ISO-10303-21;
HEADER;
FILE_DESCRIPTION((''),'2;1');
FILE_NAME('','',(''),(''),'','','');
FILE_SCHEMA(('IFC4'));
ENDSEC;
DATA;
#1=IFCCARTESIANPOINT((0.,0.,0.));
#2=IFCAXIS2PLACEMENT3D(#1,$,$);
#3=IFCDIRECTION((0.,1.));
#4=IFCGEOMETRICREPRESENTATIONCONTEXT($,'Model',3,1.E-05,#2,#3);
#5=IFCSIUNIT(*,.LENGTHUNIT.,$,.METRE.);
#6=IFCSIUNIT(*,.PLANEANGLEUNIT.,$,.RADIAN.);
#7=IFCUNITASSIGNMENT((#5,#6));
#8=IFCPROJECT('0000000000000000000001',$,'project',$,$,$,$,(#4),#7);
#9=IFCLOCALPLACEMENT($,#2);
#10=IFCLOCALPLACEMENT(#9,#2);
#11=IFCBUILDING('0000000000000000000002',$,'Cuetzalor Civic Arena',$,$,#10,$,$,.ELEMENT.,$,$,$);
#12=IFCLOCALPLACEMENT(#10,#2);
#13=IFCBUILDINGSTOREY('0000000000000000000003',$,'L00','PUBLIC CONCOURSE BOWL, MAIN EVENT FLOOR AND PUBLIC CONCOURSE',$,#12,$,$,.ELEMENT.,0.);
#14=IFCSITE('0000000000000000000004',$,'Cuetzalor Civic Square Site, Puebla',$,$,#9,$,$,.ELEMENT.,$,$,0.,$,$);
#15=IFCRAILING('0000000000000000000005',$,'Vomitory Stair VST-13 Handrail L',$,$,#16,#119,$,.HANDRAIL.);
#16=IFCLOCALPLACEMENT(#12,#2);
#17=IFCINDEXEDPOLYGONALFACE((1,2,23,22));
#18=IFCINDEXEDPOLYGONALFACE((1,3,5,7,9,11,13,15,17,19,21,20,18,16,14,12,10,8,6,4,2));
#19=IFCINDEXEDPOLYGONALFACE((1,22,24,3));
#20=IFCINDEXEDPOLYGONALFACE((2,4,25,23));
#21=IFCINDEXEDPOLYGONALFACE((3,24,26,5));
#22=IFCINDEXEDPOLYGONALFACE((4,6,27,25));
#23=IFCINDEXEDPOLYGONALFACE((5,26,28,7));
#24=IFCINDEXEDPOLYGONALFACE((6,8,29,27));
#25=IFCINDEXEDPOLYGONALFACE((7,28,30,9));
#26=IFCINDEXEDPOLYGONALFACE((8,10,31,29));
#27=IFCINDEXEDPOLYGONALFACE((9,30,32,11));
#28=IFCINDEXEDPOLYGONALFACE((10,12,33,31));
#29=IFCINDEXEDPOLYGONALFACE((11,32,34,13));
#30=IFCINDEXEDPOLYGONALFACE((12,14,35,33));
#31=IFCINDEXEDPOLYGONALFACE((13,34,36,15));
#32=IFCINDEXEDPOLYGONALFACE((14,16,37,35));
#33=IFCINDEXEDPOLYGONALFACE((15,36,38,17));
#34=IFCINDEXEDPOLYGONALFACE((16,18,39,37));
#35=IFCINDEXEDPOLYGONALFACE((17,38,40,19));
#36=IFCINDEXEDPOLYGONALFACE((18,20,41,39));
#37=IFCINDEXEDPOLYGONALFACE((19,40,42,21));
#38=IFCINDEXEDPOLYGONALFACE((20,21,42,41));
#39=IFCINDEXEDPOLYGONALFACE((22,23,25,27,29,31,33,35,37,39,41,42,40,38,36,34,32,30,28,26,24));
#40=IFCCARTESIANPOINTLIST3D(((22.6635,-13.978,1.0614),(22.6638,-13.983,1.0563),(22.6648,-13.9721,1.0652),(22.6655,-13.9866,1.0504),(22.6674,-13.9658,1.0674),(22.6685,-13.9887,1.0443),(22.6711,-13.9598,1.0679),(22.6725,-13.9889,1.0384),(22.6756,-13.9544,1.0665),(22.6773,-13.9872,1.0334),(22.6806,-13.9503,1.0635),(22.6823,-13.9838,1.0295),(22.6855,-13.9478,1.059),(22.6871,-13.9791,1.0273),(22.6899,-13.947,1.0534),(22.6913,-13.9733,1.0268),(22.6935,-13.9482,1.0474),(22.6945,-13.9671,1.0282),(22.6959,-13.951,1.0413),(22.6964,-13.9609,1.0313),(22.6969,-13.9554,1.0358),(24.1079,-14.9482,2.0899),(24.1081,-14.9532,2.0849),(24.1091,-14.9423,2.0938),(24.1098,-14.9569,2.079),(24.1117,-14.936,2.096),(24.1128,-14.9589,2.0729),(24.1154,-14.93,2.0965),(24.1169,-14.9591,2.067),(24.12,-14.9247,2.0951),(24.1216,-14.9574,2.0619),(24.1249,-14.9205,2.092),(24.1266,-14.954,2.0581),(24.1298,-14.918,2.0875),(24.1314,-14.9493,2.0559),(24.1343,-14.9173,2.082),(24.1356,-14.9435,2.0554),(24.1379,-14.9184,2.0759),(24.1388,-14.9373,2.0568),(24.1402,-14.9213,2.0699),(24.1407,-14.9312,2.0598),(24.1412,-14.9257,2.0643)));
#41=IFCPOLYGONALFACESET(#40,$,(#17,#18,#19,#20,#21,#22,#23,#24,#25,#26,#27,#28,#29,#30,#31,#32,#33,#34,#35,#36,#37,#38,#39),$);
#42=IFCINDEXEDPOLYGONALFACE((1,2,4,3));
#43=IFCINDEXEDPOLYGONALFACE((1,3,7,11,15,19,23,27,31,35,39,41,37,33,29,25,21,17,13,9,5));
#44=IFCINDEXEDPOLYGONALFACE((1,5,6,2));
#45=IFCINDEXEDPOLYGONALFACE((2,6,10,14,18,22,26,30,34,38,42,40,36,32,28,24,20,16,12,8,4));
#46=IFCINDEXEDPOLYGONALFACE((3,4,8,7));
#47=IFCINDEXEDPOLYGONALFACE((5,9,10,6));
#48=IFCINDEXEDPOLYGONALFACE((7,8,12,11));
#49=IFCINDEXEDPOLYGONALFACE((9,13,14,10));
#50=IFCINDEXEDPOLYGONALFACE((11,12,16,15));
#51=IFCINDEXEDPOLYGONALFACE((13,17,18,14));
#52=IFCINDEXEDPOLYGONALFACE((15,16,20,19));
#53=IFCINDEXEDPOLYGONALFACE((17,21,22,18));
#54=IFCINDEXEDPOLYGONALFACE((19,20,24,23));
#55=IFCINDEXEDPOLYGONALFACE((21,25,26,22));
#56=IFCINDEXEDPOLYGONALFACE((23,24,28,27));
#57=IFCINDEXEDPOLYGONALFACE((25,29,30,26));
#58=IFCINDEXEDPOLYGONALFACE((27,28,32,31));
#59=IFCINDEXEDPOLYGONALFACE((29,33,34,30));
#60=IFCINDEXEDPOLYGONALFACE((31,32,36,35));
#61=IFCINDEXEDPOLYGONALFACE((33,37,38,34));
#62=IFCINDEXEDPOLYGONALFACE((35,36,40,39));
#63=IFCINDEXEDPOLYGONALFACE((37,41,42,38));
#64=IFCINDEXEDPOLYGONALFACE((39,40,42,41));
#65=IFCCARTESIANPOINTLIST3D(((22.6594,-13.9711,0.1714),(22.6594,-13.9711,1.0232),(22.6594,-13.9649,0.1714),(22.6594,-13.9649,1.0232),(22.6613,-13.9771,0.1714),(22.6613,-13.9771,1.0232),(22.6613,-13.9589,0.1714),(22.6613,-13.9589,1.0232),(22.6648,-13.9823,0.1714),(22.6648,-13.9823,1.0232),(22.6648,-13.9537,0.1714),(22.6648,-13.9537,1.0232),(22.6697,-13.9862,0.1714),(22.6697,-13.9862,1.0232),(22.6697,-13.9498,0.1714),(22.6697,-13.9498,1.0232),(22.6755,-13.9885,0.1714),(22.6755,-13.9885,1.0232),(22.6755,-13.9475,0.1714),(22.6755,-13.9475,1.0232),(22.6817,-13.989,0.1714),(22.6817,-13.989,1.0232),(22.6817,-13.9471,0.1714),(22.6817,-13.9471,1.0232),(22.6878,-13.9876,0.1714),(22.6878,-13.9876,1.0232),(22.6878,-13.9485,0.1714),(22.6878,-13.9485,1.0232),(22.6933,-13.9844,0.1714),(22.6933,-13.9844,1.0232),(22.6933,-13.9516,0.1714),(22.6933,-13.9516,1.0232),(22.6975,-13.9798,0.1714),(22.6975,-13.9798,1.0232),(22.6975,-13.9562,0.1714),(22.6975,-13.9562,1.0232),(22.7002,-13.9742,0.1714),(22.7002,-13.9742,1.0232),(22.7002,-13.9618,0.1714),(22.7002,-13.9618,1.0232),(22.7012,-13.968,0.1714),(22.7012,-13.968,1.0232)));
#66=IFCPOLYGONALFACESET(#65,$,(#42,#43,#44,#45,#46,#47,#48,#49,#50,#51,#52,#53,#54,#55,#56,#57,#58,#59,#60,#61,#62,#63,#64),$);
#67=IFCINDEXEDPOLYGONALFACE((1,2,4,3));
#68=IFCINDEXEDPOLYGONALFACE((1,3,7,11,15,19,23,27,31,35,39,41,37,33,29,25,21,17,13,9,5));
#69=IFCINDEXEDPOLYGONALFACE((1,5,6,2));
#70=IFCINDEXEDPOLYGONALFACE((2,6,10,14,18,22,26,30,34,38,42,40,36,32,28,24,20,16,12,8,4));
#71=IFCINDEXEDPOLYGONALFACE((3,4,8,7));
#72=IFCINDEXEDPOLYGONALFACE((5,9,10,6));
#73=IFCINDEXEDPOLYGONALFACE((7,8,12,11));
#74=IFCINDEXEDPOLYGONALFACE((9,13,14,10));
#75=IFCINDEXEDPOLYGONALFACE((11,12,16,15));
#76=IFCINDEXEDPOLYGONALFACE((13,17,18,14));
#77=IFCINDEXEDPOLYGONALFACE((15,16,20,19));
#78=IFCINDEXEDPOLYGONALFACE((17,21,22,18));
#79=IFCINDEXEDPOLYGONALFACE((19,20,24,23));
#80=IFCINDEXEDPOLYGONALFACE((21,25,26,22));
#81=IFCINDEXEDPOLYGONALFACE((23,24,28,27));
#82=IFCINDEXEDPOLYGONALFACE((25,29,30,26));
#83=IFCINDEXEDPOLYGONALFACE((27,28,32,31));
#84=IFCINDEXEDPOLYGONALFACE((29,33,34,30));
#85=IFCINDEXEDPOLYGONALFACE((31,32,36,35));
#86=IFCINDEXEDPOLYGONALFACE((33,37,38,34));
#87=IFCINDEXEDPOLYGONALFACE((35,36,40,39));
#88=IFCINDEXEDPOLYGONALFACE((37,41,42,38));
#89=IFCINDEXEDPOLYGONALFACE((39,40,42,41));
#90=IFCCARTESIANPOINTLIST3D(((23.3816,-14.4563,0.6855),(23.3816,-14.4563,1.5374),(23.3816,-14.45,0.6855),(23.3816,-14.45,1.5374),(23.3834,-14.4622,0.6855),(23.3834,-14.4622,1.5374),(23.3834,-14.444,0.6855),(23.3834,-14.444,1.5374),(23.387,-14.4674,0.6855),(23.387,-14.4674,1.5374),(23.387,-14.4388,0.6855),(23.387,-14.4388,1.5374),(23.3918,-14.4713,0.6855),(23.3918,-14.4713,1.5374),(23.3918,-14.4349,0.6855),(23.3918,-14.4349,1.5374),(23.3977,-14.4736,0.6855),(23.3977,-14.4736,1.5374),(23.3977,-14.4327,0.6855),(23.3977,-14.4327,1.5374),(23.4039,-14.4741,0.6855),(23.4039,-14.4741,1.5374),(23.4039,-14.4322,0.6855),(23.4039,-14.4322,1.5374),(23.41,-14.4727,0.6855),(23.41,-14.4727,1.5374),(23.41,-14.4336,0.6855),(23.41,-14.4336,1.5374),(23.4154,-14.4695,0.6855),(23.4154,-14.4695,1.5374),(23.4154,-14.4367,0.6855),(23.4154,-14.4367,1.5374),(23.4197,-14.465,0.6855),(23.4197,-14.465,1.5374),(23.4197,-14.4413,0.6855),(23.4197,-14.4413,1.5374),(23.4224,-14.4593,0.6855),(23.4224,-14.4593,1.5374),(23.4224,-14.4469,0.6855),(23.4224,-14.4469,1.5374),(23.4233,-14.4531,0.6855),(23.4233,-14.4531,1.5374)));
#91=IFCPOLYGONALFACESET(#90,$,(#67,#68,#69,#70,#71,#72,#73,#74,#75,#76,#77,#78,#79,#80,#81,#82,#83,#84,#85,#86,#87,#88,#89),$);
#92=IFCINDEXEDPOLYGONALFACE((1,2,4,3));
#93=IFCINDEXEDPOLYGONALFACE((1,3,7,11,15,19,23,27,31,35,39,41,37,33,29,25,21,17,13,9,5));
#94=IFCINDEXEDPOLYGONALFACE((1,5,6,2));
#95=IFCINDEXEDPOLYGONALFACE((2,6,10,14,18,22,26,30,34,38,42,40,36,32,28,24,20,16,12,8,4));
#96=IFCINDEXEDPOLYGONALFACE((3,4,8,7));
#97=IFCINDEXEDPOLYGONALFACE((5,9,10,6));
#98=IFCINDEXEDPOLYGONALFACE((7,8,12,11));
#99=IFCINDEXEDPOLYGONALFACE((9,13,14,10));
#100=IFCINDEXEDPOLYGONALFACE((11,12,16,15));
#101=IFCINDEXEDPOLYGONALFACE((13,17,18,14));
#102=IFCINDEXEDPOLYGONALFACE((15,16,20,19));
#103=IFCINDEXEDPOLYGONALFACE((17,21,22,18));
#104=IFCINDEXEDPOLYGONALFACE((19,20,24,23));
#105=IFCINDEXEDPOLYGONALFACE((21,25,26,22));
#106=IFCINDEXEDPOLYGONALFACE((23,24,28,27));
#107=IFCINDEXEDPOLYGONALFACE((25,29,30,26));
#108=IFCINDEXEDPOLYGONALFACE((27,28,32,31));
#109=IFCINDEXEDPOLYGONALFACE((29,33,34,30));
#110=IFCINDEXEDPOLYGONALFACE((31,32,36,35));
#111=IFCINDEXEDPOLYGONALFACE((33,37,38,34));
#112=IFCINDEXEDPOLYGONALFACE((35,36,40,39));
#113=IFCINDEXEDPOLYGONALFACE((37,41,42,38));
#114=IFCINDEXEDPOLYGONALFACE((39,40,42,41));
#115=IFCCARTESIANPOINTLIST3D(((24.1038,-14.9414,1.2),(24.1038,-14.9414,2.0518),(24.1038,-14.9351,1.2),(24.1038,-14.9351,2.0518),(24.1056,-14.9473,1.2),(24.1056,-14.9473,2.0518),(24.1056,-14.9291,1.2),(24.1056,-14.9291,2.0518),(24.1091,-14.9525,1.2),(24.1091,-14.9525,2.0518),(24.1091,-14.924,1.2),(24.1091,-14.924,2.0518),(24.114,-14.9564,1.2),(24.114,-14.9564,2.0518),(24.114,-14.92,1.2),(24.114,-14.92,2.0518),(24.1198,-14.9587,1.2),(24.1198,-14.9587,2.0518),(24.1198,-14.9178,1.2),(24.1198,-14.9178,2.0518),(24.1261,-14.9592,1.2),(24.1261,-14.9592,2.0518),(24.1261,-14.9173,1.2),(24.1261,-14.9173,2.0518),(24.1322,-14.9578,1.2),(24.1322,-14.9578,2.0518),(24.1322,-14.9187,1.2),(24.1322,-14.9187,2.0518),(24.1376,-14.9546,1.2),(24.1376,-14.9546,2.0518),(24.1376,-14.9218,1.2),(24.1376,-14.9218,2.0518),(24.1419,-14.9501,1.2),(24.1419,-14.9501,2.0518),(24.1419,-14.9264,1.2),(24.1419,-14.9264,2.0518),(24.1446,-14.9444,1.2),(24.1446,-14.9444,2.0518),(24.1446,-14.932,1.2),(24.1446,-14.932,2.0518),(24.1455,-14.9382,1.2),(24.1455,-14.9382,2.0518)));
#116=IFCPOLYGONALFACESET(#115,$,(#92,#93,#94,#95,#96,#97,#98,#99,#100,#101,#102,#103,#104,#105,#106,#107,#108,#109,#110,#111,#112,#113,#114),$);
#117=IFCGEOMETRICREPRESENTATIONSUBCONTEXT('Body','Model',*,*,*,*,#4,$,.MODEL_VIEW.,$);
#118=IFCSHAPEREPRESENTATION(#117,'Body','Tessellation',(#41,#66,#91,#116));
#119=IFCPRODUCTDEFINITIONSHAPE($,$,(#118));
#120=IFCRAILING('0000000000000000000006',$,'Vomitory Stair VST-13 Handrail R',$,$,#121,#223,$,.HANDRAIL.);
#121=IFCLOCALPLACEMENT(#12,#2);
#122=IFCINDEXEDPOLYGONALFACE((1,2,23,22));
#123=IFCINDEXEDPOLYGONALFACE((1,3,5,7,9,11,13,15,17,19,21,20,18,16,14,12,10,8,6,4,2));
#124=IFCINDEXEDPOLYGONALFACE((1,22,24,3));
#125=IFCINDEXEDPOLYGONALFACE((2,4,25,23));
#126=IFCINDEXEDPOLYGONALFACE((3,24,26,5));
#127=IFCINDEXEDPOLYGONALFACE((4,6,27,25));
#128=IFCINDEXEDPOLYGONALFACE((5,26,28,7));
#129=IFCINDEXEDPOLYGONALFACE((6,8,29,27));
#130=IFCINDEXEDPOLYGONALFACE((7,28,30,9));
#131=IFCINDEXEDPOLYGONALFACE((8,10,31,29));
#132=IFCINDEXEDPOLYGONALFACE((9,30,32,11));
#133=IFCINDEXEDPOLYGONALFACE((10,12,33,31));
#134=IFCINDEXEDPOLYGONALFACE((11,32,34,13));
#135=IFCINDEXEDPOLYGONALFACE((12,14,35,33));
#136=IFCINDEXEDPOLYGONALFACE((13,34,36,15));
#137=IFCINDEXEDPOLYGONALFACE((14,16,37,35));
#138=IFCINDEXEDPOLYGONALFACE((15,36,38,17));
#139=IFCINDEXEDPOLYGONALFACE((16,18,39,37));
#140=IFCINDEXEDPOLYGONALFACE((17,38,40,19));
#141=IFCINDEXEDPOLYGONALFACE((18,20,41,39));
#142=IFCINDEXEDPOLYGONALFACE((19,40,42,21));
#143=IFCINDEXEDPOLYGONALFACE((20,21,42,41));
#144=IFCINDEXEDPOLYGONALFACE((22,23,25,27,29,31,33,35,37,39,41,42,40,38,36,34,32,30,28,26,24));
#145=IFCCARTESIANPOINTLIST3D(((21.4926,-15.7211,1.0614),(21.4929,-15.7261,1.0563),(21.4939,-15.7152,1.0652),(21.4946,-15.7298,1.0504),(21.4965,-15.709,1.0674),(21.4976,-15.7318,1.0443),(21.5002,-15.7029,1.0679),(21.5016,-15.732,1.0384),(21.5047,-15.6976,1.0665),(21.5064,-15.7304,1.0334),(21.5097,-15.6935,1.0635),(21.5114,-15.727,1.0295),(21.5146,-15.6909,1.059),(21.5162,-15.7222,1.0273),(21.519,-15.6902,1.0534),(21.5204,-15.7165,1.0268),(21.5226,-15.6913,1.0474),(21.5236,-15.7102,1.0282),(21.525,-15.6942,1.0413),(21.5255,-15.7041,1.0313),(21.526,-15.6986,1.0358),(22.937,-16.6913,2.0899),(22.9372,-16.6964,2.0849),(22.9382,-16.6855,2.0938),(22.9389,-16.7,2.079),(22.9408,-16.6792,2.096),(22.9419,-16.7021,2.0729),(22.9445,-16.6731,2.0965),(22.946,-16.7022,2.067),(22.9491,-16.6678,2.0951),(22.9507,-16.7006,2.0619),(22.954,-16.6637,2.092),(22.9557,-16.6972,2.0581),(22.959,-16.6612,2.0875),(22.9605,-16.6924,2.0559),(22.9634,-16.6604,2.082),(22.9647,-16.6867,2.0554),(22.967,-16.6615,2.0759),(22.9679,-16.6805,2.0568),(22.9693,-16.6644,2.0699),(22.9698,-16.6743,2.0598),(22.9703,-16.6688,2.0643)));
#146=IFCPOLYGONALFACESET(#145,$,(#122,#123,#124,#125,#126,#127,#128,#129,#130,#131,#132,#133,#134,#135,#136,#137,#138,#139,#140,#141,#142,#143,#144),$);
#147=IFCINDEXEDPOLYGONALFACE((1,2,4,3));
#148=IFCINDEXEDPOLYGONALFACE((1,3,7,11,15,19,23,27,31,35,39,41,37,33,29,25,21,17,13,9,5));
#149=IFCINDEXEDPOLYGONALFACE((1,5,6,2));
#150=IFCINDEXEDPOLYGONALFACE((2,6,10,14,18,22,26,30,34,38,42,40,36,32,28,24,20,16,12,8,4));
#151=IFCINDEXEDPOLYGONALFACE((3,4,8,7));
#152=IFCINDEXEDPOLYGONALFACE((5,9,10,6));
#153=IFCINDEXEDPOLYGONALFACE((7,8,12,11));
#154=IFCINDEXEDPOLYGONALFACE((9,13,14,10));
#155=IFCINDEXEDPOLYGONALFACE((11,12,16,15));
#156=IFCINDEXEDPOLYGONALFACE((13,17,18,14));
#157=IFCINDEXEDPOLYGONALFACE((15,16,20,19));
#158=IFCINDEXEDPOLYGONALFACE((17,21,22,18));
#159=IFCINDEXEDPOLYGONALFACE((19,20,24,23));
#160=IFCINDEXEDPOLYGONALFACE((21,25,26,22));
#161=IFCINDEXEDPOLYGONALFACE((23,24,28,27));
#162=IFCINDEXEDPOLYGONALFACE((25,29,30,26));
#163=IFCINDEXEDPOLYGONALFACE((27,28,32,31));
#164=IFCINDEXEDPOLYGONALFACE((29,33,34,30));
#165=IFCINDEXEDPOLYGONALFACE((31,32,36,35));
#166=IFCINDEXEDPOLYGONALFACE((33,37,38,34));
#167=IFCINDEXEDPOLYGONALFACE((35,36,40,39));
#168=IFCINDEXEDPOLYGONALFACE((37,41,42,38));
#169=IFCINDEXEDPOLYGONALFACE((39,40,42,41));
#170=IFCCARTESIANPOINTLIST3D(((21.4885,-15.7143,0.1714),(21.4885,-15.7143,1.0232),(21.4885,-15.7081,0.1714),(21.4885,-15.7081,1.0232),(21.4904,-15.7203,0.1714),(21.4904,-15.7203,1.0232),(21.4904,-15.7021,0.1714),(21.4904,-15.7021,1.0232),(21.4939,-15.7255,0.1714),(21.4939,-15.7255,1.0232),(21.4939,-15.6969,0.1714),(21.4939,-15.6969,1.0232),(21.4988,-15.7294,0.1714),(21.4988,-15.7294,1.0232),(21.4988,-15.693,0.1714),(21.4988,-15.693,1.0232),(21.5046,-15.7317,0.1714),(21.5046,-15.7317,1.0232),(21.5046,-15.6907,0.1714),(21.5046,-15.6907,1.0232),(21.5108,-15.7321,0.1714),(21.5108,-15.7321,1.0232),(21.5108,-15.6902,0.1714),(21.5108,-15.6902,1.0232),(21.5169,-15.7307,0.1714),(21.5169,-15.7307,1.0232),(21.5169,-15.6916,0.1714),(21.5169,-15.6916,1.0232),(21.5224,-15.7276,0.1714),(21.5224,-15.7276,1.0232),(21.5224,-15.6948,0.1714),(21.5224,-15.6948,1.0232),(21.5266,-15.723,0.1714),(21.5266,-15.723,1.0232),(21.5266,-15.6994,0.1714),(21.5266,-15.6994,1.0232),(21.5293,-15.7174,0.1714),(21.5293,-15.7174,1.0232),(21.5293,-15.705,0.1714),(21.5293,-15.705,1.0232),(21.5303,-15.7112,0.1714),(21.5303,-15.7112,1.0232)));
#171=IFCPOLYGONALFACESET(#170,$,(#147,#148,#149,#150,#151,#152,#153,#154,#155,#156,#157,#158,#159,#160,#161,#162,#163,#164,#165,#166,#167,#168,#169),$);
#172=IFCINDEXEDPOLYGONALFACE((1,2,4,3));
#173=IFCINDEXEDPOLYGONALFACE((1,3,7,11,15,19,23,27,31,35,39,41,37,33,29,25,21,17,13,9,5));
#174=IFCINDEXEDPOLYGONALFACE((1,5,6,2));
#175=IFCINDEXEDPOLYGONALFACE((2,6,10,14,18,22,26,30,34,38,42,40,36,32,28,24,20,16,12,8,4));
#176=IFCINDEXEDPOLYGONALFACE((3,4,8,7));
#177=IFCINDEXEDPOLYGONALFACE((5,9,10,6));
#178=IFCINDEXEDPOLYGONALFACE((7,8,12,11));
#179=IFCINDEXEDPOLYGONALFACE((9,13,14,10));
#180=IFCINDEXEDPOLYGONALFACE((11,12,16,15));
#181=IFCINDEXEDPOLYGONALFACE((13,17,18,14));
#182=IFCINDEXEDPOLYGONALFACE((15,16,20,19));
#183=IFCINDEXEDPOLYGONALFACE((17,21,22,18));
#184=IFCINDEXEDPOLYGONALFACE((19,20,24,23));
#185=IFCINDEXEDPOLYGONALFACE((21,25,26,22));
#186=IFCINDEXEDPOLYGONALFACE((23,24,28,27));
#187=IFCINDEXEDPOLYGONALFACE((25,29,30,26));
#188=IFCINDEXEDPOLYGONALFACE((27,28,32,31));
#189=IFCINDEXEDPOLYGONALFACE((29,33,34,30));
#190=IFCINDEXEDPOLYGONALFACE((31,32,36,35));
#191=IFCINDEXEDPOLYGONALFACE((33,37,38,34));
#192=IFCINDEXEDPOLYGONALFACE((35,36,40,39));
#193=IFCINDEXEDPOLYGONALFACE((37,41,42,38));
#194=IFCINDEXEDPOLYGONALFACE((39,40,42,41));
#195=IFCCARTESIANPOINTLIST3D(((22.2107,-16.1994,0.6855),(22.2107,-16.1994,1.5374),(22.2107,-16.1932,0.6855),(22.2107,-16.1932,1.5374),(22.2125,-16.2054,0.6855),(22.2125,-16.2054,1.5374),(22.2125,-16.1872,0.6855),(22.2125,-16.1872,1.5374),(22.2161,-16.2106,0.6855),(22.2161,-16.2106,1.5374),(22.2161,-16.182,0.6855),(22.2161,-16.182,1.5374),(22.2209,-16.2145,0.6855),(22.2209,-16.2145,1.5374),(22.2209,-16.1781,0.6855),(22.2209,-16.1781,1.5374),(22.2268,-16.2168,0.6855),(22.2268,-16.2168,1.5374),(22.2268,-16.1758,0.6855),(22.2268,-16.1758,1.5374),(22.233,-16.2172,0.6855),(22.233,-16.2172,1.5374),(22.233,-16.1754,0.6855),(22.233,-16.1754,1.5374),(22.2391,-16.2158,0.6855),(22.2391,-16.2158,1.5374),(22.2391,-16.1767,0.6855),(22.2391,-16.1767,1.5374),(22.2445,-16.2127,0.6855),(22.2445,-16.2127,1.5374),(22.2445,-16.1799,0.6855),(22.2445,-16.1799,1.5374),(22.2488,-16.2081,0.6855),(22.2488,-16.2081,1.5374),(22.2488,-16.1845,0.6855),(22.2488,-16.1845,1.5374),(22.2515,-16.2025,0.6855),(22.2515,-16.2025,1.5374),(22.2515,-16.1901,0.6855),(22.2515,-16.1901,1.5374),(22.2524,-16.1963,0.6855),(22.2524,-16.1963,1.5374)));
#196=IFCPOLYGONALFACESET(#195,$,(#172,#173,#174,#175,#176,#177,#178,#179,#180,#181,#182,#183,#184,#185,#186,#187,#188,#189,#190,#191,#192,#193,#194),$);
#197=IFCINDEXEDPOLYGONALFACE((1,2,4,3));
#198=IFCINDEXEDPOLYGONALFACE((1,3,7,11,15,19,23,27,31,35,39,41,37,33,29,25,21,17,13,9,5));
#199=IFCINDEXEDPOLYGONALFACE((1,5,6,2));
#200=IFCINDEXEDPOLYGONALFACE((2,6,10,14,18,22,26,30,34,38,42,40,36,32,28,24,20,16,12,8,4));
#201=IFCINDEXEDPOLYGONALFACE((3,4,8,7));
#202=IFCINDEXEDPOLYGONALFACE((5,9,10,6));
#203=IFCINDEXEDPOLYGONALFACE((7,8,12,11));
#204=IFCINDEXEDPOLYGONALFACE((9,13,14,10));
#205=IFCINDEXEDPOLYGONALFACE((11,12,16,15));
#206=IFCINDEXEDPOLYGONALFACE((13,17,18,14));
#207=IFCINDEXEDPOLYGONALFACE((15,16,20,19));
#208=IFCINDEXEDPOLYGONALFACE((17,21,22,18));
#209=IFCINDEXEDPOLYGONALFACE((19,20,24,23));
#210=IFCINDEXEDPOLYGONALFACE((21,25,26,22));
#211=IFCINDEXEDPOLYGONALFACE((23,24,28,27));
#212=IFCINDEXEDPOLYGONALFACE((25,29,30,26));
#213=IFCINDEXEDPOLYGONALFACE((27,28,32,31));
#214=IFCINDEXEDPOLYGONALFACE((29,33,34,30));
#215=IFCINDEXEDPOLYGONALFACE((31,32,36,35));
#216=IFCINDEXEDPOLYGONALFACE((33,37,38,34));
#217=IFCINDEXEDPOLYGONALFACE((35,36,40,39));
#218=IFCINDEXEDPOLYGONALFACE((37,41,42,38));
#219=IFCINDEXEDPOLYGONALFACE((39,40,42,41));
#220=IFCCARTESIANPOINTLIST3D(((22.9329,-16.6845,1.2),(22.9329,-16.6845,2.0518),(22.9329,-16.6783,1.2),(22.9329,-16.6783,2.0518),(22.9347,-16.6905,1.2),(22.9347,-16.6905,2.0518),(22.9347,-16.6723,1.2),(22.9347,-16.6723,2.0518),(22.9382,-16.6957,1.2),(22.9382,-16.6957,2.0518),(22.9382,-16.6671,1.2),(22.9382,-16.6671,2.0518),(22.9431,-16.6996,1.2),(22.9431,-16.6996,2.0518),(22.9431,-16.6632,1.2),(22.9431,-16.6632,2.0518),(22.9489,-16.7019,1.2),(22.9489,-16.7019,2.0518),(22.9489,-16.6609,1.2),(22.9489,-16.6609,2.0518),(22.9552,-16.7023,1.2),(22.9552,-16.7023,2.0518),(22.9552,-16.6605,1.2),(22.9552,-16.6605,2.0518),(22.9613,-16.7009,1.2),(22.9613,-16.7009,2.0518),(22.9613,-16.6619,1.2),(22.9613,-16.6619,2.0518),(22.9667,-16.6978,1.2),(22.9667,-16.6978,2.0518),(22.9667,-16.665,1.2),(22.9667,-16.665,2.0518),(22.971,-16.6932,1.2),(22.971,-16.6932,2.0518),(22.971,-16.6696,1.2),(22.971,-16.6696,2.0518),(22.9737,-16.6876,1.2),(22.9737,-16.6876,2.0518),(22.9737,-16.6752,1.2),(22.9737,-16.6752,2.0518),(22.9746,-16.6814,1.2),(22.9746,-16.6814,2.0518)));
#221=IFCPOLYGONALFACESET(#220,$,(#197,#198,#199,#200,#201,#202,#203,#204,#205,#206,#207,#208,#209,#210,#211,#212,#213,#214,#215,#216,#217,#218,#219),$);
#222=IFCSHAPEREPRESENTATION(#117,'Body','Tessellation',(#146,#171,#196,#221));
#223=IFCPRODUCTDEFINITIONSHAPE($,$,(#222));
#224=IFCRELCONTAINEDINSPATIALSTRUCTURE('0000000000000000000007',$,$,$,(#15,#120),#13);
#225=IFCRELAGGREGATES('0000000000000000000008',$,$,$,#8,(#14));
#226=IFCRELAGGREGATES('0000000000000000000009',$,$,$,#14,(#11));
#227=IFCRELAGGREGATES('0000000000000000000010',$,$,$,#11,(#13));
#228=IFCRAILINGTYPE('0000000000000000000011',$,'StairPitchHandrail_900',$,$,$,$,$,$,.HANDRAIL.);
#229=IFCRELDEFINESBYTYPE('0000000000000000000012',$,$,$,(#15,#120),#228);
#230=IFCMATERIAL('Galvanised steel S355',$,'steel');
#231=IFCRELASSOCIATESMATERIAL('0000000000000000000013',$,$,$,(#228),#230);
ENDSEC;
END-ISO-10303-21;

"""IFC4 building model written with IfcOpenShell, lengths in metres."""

from ifc_helpers import new_model, si_unit, direction, frame, origin, origin_2d, place, context, subcontext, project, spatial, circle, extrude, material, type_object, element, save


model = new_model("IFC4")

# Units and contexts
model_context = context("Model", 3, precision=1e-05, world=origin(), true_north=direction((0.0, 1.0)))
body_context = subcontext(model_context, "Body", "Model", "MODEL_VIEW")
ifc_project = project(units=[si_unit("LENGTHUNIT", "METRE"), si_unit("PLANEANGLEUNIT", "RADIAN")], contexts=[model_context])

# Site, building, storey
site_placement = place(None, origin())
site = spatial("IfcSite", under=ifc_project, at=site_placement, Name="Cuetzalor Civic Square Site, Puebla", CompositionType="ELEMENT", RefElevation=0.0)
building_placement = place(site_placement, origin())
building = spatial("IfcBuilding", under=site, at=building_placement, Name="Cuetzalor Civic Arena", CompositionType="ELEMENT")
storey_placement = place(building_placement, origin())
storey = spatial("IfcBuildingStorey", under=building, at=storey_placement, Name="L00", Description="PUBLIC CONCOURSE BOWL, MAIN EVENT FLOOR AND PUBLIC CONCOURSE", CompositionType="ELEMENT", Elevation=0.0)

# Railings
ifc_material_1 = material(Name="Galvanised steel S355", Category="steel")
railing_type_1 = type_object("IfcRailingType", Name="StairPitchHandrail_900", PredefinedType="HANDRAIL", material=ifc_material_1)
for number, where, name in (
    (1, (22.6802, -13.968, 0.1714), "Vomitory Stair VST-13 Handrail L"),
    (2, (21.5093, -15.7112, 0.1714), "Vomitory Stair VST-13 Handrail R"),
):
    element("IfcRailing", number, at=place(storey_placement, frame(where)), inside=storey, type_object=railing_type_1, Name=name, PredefinedType="HANDRAIL", context=body_context, shape_type="SweptSolid", body=[
        extrude(circle(Radius=0.0239, at=origin_2d()), frame((0.0, 0.0, 0.876), z_axis=(0.714583, -0.480012, 0.508881), x_axis=(0.557611, 0.830102, 0.0)), (0.0, 0.0, 1.0), 2.0212),
        extrude(circle(Radius=0.021, at=origin_2d()), origin(), (0.0, 0.0, 1.0), 0.8518),
        extrude(circle(Radius=0.021, at=origin_2d()), frame((0.7222, -0.4851, 0.5142)), (0.0, 0.0, 1.0), 0.8518),
        extrude(circle(Radius=0.021, at=origin_2d()), frame((1.4443, -0.9702, 1.0286)), (0.0, 0.0, 1.0), 0.8518),
    ])

save(model, "model.ifc")
